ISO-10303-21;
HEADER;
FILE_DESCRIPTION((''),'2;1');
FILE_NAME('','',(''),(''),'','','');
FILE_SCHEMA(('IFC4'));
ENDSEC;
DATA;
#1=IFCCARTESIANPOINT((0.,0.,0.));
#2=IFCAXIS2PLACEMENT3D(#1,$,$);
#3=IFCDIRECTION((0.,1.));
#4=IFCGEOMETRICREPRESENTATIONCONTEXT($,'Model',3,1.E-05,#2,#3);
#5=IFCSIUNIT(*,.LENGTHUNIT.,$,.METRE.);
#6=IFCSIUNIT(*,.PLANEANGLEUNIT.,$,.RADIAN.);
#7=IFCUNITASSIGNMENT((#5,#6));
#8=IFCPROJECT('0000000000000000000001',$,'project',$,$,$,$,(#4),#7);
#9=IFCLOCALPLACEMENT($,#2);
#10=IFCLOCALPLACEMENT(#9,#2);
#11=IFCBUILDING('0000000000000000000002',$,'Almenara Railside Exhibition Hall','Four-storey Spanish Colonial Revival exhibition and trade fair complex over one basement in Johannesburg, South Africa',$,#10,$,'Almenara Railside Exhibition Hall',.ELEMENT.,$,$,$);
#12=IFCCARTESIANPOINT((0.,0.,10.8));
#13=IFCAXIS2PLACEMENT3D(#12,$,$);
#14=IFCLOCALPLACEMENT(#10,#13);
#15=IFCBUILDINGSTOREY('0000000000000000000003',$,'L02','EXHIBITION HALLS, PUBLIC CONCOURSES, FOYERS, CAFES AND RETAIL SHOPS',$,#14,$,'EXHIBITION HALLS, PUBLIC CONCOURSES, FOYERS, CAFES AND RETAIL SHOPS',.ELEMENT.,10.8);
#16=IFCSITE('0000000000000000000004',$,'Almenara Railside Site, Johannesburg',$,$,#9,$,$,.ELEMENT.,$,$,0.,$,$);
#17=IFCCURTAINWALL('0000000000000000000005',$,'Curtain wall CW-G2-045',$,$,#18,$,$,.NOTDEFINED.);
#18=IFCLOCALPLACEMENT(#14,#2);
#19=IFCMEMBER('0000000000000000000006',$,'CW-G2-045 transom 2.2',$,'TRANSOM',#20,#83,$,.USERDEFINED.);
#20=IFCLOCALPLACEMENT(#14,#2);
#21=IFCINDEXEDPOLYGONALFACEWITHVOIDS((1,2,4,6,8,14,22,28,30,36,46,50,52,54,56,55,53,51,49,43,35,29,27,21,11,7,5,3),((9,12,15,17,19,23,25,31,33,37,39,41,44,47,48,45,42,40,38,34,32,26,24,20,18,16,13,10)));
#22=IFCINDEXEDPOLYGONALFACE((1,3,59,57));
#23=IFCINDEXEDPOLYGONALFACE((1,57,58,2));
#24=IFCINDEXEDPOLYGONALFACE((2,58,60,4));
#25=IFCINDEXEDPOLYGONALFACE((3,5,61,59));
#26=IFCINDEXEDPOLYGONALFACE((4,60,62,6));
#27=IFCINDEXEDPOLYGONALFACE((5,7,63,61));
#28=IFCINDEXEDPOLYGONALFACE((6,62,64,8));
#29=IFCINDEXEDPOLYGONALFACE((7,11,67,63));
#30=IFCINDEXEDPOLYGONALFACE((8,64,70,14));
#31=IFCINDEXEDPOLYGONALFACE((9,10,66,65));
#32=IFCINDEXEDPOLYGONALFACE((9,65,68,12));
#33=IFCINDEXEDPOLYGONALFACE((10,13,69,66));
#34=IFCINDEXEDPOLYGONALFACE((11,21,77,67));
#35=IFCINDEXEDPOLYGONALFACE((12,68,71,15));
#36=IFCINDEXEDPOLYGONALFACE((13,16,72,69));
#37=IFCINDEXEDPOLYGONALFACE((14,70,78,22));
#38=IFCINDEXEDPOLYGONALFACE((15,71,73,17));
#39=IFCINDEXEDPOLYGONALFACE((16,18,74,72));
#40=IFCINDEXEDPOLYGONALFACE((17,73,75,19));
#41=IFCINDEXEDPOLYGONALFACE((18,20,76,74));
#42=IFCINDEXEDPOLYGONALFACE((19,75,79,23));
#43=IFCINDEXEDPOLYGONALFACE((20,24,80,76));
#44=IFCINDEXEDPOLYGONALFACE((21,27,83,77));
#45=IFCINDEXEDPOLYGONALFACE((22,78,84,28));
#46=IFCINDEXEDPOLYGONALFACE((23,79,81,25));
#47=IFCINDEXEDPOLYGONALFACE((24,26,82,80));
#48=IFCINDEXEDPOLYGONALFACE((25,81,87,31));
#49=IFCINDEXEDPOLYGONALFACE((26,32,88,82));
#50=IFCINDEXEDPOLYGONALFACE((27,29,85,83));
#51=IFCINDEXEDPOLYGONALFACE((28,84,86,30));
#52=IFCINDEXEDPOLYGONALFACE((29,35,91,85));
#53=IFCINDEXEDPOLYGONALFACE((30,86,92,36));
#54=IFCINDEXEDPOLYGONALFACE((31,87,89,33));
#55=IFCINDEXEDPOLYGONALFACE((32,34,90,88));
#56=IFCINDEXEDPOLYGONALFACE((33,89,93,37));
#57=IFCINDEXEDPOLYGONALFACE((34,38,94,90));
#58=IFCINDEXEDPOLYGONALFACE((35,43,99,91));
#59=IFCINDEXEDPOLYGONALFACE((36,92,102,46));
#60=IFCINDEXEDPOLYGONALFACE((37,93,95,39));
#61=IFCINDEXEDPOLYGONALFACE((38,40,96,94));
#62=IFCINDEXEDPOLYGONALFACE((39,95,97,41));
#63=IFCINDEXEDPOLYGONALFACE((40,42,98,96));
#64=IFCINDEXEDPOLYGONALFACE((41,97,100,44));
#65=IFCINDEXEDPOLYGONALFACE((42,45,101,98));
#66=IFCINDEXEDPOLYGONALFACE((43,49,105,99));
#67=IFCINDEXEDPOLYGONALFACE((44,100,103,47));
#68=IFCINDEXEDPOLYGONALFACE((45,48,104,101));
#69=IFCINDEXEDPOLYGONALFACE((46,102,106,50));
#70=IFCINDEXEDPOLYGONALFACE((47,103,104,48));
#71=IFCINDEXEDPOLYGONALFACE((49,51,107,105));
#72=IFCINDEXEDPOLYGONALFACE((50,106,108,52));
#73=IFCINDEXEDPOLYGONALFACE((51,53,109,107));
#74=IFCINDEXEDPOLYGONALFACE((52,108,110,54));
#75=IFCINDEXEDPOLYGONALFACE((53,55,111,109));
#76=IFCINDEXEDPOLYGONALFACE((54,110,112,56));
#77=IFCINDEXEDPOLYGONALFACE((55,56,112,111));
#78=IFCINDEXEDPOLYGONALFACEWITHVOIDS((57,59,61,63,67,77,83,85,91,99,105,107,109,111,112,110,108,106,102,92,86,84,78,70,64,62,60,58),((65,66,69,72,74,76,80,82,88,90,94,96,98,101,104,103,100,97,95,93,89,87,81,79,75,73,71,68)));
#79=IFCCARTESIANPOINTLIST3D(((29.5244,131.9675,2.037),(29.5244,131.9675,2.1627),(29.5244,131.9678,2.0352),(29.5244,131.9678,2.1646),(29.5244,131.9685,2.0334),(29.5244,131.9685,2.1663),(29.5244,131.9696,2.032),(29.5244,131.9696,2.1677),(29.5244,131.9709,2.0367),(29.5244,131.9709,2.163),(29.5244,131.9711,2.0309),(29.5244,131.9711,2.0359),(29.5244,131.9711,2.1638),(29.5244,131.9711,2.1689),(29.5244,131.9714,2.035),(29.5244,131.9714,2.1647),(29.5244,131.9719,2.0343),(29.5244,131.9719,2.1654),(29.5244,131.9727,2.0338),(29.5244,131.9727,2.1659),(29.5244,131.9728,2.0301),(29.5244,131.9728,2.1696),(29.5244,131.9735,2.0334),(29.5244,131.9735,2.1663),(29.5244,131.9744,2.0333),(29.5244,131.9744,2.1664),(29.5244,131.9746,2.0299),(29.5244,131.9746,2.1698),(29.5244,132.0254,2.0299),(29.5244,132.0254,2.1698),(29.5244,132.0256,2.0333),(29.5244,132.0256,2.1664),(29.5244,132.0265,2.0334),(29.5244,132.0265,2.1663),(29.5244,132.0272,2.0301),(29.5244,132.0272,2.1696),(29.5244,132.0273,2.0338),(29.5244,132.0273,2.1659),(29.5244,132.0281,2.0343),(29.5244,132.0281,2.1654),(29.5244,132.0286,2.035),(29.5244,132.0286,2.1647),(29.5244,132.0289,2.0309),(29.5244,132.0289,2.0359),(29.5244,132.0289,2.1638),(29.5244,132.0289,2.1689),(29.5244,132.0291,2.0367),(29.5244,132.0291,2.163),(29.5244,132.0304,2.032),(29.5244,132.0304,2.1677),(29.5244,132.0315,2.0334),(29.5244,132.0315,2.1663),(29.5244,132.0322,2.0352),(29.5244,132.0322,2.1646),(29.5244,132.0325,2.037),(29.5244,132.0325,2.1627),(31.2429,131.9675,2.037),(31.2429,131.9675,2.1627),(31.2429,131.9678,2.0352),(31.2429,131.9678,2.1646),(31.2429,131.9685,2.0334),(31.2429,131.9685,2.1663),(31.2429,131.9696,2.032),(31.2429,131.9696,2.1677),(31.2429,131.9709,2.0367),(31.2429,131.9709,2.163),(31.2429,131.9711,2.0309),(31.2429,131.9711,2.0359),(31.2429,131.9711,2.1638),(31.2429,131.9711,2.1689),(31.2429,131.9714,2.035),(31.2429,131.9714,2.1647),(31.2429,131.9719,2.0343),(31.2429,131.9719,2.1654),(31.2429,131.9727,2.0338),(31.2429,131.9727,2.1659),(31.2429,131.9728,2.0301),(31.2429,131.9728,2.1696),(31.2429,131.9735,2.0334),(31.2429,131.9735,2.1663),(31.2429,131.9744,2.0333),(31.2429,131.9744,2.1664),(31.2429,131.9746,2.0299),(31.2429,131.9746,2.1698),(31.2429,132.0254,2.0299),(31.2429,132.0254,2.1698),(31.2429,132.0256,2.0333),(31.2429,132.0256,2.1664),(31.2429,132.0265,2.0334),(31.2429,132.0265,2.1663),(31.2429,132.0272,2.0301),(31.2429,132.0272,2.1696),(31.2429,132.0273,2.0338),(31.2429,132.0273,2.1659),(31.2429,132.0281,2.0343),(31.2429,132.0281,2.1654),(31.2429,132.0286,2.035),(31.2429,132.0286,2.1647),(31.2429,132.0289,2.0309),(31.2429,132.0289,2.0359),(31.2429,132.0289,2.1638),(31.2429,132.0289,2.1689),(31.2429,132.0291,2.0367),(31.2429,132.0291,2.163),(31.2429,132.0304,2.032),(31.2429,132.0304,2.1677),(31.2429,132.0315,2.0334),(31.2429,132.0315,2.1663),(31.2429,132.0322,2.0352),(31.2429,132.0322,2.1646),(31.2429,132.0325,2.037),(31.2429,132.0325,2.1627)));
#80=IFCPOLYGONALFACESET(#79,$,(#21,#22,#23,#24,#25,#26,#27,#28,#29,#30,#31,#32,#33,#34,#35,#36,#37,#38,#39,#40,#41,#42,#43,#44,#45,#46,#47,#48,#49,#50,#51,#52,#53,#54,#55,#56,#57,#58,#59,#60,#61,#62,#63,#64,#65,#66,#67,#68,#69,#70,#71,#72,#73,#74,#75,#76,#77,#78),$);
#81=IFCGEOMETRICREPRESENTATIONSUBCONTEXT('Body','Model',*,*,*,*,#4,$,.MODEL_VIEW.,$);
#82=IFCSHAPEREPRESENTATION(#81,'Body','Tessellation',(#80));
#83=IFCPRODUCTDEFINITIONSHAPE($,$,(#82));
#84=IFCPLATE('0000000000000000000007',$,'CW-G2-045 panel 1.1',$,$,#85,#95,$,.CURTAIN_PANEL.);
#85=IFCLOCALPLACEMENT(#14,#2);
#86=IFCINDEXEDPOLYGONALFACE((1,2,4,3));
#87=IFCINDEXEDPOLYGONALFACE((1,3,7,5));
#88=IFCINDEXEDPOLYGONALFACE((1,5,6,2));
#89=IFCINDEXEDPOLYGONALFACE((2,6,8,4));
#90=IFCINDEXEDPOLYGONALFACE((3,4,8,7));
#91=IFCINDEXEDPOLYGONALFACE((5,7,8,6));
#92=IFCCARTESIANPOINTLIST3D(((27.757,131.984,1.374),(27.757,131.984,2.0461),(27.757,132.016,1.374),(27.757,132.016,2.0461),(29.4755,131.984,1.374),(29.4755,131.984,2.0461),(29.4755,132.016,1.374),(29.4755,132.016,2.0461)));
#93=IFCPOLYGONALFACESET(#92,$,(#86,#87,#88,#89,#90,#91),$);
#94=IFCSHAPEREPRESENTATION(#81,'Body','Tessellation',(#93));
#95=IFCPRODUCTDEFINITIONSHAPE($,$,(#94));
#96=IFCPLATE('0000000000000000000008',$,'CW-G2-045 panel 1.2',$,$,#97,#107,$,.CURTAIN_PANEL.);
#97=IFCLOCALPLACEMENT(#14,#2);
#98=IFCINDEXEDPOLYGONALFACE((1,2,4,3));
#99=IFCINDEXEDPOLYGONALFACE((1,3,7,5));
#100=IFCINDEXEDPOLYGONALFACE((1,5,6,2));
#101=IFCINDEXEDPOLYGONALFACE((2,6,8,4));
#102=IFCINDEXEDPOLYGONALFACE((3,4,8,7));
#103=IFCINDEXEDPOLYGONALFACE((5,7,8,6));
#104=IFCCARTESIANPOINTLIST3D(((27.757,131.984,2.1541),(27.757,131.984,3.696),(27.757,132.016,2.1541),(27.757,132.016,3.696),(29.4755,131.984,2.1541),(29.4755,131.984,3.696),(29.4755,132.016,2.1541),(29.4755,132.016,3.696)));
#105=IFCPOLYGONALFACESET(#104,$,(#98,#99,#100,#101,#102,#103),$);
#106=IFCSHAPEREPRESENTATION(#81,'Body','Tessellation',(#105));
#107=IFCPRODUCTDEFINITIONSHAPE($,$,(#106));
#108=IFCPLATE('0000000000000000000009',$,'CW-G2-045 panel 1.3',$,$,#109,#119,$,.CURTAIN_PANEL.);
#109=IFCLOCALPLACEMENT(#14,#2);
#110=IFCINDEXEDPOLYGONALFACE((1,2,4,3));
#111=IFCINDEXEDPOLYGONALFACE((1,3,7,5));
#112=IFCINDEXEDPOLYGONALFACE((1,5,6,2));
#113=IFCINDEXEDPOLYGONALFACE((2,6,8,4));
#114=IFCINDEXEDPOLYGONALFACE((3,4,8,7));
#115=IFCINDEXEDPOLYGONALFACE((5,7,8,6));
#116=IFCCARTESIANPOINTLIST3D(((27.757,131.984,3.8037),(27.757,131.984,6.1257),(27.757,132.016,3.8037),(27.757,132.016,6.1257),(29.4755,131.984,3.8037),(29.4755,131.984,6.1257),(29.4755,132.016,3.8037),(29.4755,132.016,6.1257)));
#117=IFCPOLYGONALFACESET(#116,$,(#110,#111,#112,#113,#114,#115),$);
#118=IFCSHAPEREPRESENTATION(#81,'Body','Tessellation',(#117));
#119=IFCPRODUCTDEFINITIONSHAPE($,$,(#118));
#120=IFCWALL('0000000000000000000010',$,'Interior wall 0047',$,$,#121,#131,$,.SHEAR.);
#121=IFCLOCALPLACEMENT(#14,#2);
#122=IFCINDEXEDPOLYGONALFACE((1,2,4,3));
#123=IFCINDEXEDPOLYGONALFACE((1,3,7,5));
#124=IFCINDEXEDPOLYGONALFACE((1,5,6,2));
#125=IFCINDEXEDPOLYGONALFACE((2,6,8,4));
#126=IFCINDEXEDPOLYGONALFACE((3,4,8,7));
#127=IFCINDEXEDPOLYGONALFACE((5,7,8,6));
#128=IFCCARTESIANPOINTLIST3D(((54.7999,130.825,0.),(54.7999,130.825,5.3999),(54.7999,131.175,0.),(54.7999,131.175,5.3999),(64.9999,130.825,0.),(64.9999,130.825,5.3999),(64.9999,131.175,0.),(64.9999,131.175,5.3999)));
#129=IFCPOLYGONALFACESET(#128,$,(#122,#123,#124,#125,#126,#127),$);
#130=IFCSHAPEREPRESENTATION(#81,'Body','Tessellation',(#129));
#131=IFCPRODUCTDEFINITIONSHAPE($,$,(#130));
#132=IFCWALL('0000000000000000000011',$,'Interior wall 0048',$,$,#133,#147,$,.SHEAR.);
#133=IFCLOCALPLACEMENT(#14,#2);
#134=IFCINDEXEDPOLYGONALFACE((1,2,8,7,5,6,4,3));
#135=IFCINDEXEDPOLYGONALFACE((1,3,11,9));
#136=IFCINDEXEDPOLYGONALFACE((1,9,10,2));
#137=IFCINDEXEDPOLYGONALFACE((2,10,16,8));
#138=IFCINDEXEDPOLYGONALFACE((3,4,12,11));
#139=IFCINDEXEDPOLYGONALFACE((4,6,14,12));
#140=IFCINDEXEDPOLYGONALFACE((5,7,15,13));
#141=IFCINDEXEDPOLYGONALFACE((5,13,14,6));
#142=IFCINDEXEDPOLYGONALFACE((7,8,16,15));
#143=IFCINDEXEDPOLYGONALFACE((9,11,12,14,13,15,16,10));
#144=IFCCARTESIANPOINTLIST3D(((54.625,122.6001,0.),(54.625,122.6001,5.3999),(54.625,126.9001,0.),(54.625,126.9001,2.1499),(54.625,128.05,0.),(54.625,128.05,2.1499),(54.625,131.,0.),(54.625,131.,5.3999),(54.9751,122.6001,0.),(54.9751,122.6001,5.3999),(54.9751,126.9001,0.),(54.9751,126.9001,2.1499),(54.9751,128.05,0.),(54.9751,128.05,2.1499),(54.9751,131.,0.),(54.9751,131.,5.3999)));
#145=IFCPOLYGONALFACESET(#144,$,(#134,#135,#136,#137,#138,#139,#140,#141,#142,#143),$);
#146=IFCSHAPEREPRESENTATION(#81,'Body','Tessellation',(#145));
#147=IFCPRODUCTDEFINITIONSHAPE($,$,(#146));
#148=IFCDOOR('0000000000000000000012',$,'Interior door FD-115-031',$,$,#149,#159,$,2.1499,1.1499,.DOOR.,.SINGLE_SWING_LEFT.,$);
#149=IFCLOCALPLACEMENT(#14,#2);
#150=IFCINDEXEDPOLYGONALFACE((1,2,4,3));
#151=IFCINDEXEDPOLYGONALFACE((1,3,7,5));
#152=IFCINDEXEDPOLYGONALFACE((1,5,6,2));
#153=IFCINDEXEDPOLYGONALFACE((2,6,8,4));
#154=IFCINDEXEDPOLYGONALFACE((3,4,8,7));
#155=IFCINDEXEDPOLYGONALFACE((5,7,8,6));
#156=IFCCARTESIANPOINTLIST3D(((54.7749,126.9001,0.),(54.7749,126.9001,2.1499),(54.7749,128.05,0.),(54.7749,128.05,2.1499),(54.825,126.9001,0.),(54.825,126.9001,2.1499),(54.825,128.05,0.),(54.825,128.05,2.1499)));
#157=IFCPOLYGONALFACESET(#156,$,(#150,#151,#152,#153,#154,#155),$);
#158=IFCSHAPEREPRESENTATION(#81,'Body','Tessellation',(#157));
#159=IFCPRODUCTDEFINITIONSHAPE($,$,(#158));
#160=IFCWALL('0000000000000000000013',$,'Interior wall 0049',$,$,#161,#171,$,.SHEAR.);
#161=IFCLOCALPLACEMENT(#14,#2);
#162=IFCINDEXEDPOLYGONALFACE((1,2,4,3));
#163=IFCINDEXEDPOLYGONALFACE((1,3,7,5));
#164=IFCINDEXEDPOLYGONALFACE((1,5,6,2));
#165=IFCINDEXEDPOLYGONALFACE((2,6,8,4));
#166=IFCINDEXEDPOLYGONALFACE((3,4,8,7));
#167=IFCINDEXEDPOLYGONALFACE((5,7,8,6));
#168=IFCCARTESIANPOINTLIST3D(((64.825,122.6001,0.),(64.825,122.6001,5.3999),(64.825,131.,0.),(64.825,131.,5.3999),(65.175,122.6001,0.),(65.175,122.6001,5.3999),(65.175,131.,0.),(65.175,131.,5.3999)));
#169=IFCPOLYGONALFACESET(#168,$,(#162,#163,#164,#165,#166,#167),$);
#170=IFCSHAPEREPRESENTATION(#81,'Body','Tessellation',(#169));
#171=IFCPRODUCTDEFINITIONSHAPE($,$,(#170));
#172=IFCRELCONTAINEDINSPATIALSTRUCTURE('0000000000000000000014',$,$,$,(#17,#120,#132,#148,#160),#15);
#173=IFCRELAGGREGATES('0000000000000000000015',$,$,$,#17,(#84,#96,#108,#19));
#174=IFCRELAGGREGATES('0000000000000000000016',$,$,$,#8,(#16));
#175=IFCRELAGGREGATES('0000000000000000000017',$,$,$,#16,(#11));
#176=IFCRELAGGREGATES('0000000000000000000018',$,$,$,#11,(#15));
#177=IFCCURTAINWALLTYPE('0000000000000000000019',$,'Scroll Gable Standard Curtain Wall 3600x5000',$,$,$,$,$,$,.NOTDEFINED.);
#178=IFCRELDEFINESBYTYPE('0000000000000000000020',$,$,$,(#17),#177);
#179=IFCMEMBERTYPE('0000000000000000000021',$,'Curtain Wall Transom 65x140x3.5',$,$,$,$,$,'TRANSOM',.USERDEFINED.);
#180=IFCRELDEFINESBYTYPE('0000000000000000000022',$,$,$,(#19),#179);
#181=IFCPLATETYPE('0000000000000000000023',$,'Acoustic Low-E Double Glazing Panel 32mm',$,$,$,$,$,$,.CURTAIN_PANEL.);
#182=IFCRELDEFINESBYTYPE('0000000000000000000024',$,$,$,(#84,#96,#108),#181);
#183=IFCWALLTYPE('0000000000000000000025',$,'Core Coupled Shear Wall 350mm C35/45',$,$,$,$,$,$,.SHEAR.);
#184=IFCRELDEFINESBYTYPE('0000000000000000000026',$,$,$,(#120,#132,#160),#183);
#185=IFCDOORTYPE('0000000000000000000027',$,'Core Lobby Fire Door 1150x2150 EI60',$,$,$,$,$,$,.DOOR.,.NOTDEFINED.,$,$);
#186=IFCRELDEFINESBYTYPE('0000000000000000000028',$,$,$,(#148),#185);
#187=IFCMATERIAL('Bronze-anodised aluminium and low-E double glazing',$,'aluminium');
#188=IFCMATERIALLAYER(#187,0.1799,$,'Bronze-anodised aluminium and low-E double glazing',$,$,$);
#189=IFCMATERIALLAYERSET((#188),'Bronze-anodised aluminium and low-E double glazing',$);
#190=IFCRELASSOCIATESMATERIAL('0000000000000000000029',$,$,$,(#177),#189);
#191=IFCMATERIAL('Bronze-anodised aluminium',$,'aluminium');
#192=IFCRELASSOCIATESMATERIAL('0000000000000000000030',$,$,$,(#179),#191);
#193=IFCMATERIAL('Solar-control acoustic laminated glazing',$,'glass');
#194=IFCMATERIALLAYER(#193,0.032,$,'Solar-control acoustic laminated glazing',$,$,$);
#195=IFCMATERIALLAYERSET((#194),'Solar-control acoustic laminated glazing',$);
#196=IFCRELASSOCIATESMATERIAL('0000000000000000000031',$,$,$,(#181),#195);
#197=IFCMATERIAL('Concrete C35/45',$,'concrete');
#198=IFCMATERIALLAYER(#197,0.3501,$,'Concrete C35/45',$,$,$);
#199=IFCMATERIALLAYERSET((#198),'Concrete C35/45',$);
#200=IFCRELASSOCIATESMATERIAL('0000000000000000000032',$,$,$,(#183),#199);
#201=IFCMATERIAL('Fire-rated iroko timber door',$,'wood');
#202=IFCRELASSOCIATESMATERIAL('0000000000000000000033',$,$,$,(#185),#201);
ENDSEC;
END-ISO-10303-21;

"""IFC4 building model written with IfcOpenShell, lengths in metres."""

from ifc_helpers import new_model, si_unit, direction, frame, frame_2d, origin, origin_2d, place, context, subcontext, project, spatial, rectangle, hollow_rectangle, extrude, material, layer, layer_set, material_profile, profile_set, type_object, element, fill, aggregate, save


model = new_model("IFC4")

# Units and contexts
model_context = context("Model", 3, precision=1e-05, world=origin(), true_north=direction((0.0, 1.0)))
body_context = subcontext(model_context, "Body", "Model", "MODEL_VIEW")
ifc_project = project(units=[si_unit("LENGTHUNIT", "METRE"), si_unit("PLANEANGLEUNIT", "RADIAN")], contexts=[model_context])

# Site, building, storey
site_placement = place(None, origin())
site = spatial("IfcSite", under=ifc_project, at=site_placement, Name="Almenara Railside Site, Johannesburg", CompositionType="ELEMENT", RefElevation=0.0)
building_placement = place(site_placement, origin())
building = spatial("IfcBuilding", under=site, at=building_placement, Name="Almenara Railside Exhibition Hall", Description="Four-storey Spanish Colonial Revival exhibition and trade fair complex over one basement in Johannesburg, South Africa", LongName="Almenara Railside Exhibition Hall", CompositionType="ELEMENT")
storey_placement = place(building_placement, frame((0.0, 0.0, 10.8)))
storey = spatial("IfcBuildingStorey", under=building, at=storey_placement, Name="L02", Description="EXHIBITION HALLS, PUBLIC CONCOURSES, FOYERS, CAFES AND RETAIL SHOPS", LongName="EXHIBITION HALLS, PUBLIC CONCOURSES, FOYERS, CAFES AND RETAIL SHOPS", CompositionType="ELEMENT", Elevation=10.8)

# Curtain wall
ifc_material_1 = material(Name="Bronze-anodised aluminium and low-E double glazing", Category="aluminium")
ifc_layer_1 = layer(ifc_material_1, 0.1799, Name="Bronze-anodised aluminium and low-E double glazing")
ifc_layer_set_1 = layer_set([ifc_layer_1], Name="Bronze-anodised aluminium and low-E double glazing")
curtain_wall_type = type_object("IfcCurtainWallType", Name="Scroll Gable Standard Curtain Wall 3600x5000", PredefinedType="NOTDEFINED", material=ifc_layer_set_1)
curtain_wall_1_placement = place(storey_placement, origin())
curtain_wall_1 = element("IfcCurtainWall", 1, at=curtain_wall_1_placement, inside=storey, type_object=curtain_wall_type, Name="Curtain wall CW-G2-045", PredefinedType="NOTDEFINED")
ifc_material_2 = material(Name="Bronze-anodised aluminium", Category="aluminium")

# Member
ifc_material_profile_1 = material_profile(ifc_material_2, hollow_rectangle(XDim=0.0649, YDim=0.1399, WallThickness=0.0034, InnerFilletRadius=0.0034, OuterFilletRadius=0.0071, at=origin_2d()), Name="ALU-TRN 65x140x3.5")
ifc_profile_set_1 = profile_set([ifc_material_profile_1], Name="Bronze-anodised aluminium")
member_type_1 = type_object("IfcMemberType", Name="Curtain Wall Transom 65x140x3.5", ElementType="TRANSOM", PredefinedType="USERDEFINED", material=ifc_profile_set_1)
member_1_placement = place(storey_placement, frame((29.5244, 132.0, 2.0999), z_axis=(1.0, 0.0, 0.0), x_axis=(0.0, 1.0, 0.0)))
member_1 = element("IfcMember", 2, at=member_1_placement, type_object=member_type_1, Name="CW-G2-045 transom 2.2", ObjectType="TRANSOM", PredefinedType="USERDEFINED", context=body_context, shape_type="SweptSolid", body=[
    extrude(hollow_rectangle(XDim=0.0649, YDim=0.1399, WallThickness=0.0034, InnerFilletRadius=0.0034, OuterFilletRadius=0.0071, at=origin_2d()), origin(), (0.0, 0.0, 1.0), 1.7185),
])

# Plates
ifc_material_3 = material(Name="Solar-control acoustic laminated glazing", Category="glass")
ifc_layer_2 = layer(ifc_material_3, 0.032, Name="Solar-control acoustic laminated glazing")
ifc_layer_set_2 = layer_set([ifc_layer_2], Name="Solar-control acoustic laminated glazing")
plate_type = type_object("IfcPlateType", Name="Acoustic Low-E Double Glazing Panel 32mm", PredefinedType="CURTAIN_PANEL", material=ifc_layer_set_2)
plate_1_placement = place(storey_placement, frame((28.6162, 132.0, 1.374), z_axis=(0.0, 0.0, 1.0), x_axis=(1.0, 0.0, 0.0)))
plate_1 = element("IfcPlate", 3, at=plate_1_placement, type_object=plate_type, Name="CW-G2-045 panel 1.1", PredefinedType="CURTAIN_PANEL", context=body_context, shape_type="SweptSolid", body=[
    extrude(rectangle(XDim=1.7185, YDim=0.032, at=origin_2d()), origin(), (0.0, 0.0, 1.0), 0.6721),
])
plate_2_placement = place(storey_placement, frame((28.6162, 132.0, 2.1541), z_axis=(0.0, 0.0, 1.0), x_axis=(1.0, 0.0, 0.0)))
plate_2 = element("IfcPlate", 4, at=plate_2_placement, type_object=plate_type, Name="CW-G2-045 panel 1.2", PredefinedType="CURTAIN_PANEL", context=body_context, shape_type="SweptSolid", body=[
    extrude(rectangle(XDim=1.7185, YDim=0.032, at=origin_2d()), origin(), (0.0, 0.0, 1.0), 1.542),
])
plate_3_placement = place(storey_placement, frame((28.6162, 132.0, 3.8037), z_axis=(0.0, 0.0, 1.0), x_axis=(1.0, 0.0, 0.0)))
plate_3 = element("IfcPlate", 5, at=plate_3_placement, type_object=plate_type, Name="CW-G2-045 panel 1.3", PredefinedType="CURTAIN_PANEL", context=body_context, shape_type="SweptSolid", body=[
    extrude(rectangle(XDim=1.7185, YDim=0.032, at=origin_2d()), origin(), (0.0, 0.0, 1.0), 2.322),
])
aggregate(curtain_wall_1, [plate_1, plate_2, plate_3, member_1])

# Wall
ifc_material_4 = material(Name="Concrete C35/45", Category="concrete")
ifc_layer_3 = layer(ifc_material_4, 0.3501, Name="Concrete C35/45")
ifc_layer_set_3 = layer_set([ifc_layer_3], Name="Concrete C35/45")
wall_type_1 = type_object("IfcWallType", Name="Core Coupled Shear Wall 350mm C35/45", PredefinedType="SHEAR", material=ifc_layer_set_3)
wall_1_placement = place(storey_placement, frame((65.0, 131.0, 0.0), z_axis=(0.0, 0.0, 1.0), x_axis=(-1.0, 0.0, 0.0)))
element("IfcWall", 6, at=wall_1_placement, inside=storey, type_object=wall_type_1, Name="Interior wall 0047", PredefinedType="SHEAR", context=body_context, shape_type="SweptSolid", body=[
    extrude(rectangle(XDim=10.2, YDim=0.3501, at=frame_2d((5.1001, 0.0))), origin(), (0.0, 0.0, 1.0), 5.3999),
])

# Wall, opening, door
wall_2_placement = place(storey_placement, frame((54.8, 131.0, 0.0), z_axis=(0.0, 0.0, 1.0), x_axis=(0.0, -1.0, 0.0)))
wall_2 = element("IfcWall", 7, at=wall_2_placement, inside=storey, type_object=wall_type_1, Name="Interior wall 0048", PredefinedType="SHEAR", context=body_context, shape_type="SweptSolid", body=[
    extrude(rectangle(XDim=8.3999, YDim=0.3501, at=frame_2d((4.2, 0.0))), origin(), (0.0, 0.0, 1.0), 5.3999),
])
opening_1_placement = place(wall_2_placement, frame((2.95, 0.0, 0.0)))
opening_1 = element("IfcOpeningElement", 8, at=opening_1_placement, cuts=wall_2, PredefinedType="OPENING", context=body_context, shape_type="SweptSolid", body=[
    extrude(rectangle(XDim=1.1499, YDim=2.1499, at=frame_2d((0.575, 1.075))), frame((0.0, 0.1851, 0.0), z_axis=(0.0, -1.0, 0.0), x_axis=(1.0, 0.0, 0.0)), (0.0, 0.0, 1.0), 0.3701),
])
ifc_material_5 = material(Name="Fire-rated iroko timber door", Category="wood")
door_type_1 = type_object("IfcDoorType", Name="Core Lobby Fire Door 1150x2150 EI60", OperationType="NOTDEFINED", PredefinedType="DOOR", material=ifc_material_5)
door_1_placement = place(opening_1_placement, origin())
door_1 = element("IfcDoor", 9, at=door_1_placement, inside=storey, type_object=door_type_1, Name="Interior door FD-115-031", OperationType="SINGLE_SWING_LEFT", OverallHeight=2.1499, OverallWidth=1.1499, PredefinedType="DOOR", context=body_context, shape_type="SweptSolid", body=[
    extrude(rectangle(XDim=1.1499, YDim=2.1499, at=frame_2d((0.575, 1.075))), frame((0.0, 0.0249, 0.0), z_axis=(0.0, -1.0, 0.0), x_axis=(1.0, 0.0, 0.0)), (0.0, 0.0, 1.0), 0.05),
])
fill(opening_1, door_1)

# Wall
wall_3_placement = place(storey_placement, frame((65.0, 122.6001, 0.0), z_axis=(0.0, 0.0, 1.0), x_axis=(0.0, 1.0, 0.0)))
element("IfcWall", 10, at=wall_3_placement, inside=storey, type_object=wall_type_1, Name="Interior wall 0049", PredefinedType="SHEAR", context=body_context, shape_type="SweptSolid", body=[
    extrude(rectangle(XDim=8.3999, YDim=0.3501, at=frame_2d((4.2, 0.0))), origin(), (0.0, 0.0, 1.0), 5.3999),
])

save(model, "model.ifc")
